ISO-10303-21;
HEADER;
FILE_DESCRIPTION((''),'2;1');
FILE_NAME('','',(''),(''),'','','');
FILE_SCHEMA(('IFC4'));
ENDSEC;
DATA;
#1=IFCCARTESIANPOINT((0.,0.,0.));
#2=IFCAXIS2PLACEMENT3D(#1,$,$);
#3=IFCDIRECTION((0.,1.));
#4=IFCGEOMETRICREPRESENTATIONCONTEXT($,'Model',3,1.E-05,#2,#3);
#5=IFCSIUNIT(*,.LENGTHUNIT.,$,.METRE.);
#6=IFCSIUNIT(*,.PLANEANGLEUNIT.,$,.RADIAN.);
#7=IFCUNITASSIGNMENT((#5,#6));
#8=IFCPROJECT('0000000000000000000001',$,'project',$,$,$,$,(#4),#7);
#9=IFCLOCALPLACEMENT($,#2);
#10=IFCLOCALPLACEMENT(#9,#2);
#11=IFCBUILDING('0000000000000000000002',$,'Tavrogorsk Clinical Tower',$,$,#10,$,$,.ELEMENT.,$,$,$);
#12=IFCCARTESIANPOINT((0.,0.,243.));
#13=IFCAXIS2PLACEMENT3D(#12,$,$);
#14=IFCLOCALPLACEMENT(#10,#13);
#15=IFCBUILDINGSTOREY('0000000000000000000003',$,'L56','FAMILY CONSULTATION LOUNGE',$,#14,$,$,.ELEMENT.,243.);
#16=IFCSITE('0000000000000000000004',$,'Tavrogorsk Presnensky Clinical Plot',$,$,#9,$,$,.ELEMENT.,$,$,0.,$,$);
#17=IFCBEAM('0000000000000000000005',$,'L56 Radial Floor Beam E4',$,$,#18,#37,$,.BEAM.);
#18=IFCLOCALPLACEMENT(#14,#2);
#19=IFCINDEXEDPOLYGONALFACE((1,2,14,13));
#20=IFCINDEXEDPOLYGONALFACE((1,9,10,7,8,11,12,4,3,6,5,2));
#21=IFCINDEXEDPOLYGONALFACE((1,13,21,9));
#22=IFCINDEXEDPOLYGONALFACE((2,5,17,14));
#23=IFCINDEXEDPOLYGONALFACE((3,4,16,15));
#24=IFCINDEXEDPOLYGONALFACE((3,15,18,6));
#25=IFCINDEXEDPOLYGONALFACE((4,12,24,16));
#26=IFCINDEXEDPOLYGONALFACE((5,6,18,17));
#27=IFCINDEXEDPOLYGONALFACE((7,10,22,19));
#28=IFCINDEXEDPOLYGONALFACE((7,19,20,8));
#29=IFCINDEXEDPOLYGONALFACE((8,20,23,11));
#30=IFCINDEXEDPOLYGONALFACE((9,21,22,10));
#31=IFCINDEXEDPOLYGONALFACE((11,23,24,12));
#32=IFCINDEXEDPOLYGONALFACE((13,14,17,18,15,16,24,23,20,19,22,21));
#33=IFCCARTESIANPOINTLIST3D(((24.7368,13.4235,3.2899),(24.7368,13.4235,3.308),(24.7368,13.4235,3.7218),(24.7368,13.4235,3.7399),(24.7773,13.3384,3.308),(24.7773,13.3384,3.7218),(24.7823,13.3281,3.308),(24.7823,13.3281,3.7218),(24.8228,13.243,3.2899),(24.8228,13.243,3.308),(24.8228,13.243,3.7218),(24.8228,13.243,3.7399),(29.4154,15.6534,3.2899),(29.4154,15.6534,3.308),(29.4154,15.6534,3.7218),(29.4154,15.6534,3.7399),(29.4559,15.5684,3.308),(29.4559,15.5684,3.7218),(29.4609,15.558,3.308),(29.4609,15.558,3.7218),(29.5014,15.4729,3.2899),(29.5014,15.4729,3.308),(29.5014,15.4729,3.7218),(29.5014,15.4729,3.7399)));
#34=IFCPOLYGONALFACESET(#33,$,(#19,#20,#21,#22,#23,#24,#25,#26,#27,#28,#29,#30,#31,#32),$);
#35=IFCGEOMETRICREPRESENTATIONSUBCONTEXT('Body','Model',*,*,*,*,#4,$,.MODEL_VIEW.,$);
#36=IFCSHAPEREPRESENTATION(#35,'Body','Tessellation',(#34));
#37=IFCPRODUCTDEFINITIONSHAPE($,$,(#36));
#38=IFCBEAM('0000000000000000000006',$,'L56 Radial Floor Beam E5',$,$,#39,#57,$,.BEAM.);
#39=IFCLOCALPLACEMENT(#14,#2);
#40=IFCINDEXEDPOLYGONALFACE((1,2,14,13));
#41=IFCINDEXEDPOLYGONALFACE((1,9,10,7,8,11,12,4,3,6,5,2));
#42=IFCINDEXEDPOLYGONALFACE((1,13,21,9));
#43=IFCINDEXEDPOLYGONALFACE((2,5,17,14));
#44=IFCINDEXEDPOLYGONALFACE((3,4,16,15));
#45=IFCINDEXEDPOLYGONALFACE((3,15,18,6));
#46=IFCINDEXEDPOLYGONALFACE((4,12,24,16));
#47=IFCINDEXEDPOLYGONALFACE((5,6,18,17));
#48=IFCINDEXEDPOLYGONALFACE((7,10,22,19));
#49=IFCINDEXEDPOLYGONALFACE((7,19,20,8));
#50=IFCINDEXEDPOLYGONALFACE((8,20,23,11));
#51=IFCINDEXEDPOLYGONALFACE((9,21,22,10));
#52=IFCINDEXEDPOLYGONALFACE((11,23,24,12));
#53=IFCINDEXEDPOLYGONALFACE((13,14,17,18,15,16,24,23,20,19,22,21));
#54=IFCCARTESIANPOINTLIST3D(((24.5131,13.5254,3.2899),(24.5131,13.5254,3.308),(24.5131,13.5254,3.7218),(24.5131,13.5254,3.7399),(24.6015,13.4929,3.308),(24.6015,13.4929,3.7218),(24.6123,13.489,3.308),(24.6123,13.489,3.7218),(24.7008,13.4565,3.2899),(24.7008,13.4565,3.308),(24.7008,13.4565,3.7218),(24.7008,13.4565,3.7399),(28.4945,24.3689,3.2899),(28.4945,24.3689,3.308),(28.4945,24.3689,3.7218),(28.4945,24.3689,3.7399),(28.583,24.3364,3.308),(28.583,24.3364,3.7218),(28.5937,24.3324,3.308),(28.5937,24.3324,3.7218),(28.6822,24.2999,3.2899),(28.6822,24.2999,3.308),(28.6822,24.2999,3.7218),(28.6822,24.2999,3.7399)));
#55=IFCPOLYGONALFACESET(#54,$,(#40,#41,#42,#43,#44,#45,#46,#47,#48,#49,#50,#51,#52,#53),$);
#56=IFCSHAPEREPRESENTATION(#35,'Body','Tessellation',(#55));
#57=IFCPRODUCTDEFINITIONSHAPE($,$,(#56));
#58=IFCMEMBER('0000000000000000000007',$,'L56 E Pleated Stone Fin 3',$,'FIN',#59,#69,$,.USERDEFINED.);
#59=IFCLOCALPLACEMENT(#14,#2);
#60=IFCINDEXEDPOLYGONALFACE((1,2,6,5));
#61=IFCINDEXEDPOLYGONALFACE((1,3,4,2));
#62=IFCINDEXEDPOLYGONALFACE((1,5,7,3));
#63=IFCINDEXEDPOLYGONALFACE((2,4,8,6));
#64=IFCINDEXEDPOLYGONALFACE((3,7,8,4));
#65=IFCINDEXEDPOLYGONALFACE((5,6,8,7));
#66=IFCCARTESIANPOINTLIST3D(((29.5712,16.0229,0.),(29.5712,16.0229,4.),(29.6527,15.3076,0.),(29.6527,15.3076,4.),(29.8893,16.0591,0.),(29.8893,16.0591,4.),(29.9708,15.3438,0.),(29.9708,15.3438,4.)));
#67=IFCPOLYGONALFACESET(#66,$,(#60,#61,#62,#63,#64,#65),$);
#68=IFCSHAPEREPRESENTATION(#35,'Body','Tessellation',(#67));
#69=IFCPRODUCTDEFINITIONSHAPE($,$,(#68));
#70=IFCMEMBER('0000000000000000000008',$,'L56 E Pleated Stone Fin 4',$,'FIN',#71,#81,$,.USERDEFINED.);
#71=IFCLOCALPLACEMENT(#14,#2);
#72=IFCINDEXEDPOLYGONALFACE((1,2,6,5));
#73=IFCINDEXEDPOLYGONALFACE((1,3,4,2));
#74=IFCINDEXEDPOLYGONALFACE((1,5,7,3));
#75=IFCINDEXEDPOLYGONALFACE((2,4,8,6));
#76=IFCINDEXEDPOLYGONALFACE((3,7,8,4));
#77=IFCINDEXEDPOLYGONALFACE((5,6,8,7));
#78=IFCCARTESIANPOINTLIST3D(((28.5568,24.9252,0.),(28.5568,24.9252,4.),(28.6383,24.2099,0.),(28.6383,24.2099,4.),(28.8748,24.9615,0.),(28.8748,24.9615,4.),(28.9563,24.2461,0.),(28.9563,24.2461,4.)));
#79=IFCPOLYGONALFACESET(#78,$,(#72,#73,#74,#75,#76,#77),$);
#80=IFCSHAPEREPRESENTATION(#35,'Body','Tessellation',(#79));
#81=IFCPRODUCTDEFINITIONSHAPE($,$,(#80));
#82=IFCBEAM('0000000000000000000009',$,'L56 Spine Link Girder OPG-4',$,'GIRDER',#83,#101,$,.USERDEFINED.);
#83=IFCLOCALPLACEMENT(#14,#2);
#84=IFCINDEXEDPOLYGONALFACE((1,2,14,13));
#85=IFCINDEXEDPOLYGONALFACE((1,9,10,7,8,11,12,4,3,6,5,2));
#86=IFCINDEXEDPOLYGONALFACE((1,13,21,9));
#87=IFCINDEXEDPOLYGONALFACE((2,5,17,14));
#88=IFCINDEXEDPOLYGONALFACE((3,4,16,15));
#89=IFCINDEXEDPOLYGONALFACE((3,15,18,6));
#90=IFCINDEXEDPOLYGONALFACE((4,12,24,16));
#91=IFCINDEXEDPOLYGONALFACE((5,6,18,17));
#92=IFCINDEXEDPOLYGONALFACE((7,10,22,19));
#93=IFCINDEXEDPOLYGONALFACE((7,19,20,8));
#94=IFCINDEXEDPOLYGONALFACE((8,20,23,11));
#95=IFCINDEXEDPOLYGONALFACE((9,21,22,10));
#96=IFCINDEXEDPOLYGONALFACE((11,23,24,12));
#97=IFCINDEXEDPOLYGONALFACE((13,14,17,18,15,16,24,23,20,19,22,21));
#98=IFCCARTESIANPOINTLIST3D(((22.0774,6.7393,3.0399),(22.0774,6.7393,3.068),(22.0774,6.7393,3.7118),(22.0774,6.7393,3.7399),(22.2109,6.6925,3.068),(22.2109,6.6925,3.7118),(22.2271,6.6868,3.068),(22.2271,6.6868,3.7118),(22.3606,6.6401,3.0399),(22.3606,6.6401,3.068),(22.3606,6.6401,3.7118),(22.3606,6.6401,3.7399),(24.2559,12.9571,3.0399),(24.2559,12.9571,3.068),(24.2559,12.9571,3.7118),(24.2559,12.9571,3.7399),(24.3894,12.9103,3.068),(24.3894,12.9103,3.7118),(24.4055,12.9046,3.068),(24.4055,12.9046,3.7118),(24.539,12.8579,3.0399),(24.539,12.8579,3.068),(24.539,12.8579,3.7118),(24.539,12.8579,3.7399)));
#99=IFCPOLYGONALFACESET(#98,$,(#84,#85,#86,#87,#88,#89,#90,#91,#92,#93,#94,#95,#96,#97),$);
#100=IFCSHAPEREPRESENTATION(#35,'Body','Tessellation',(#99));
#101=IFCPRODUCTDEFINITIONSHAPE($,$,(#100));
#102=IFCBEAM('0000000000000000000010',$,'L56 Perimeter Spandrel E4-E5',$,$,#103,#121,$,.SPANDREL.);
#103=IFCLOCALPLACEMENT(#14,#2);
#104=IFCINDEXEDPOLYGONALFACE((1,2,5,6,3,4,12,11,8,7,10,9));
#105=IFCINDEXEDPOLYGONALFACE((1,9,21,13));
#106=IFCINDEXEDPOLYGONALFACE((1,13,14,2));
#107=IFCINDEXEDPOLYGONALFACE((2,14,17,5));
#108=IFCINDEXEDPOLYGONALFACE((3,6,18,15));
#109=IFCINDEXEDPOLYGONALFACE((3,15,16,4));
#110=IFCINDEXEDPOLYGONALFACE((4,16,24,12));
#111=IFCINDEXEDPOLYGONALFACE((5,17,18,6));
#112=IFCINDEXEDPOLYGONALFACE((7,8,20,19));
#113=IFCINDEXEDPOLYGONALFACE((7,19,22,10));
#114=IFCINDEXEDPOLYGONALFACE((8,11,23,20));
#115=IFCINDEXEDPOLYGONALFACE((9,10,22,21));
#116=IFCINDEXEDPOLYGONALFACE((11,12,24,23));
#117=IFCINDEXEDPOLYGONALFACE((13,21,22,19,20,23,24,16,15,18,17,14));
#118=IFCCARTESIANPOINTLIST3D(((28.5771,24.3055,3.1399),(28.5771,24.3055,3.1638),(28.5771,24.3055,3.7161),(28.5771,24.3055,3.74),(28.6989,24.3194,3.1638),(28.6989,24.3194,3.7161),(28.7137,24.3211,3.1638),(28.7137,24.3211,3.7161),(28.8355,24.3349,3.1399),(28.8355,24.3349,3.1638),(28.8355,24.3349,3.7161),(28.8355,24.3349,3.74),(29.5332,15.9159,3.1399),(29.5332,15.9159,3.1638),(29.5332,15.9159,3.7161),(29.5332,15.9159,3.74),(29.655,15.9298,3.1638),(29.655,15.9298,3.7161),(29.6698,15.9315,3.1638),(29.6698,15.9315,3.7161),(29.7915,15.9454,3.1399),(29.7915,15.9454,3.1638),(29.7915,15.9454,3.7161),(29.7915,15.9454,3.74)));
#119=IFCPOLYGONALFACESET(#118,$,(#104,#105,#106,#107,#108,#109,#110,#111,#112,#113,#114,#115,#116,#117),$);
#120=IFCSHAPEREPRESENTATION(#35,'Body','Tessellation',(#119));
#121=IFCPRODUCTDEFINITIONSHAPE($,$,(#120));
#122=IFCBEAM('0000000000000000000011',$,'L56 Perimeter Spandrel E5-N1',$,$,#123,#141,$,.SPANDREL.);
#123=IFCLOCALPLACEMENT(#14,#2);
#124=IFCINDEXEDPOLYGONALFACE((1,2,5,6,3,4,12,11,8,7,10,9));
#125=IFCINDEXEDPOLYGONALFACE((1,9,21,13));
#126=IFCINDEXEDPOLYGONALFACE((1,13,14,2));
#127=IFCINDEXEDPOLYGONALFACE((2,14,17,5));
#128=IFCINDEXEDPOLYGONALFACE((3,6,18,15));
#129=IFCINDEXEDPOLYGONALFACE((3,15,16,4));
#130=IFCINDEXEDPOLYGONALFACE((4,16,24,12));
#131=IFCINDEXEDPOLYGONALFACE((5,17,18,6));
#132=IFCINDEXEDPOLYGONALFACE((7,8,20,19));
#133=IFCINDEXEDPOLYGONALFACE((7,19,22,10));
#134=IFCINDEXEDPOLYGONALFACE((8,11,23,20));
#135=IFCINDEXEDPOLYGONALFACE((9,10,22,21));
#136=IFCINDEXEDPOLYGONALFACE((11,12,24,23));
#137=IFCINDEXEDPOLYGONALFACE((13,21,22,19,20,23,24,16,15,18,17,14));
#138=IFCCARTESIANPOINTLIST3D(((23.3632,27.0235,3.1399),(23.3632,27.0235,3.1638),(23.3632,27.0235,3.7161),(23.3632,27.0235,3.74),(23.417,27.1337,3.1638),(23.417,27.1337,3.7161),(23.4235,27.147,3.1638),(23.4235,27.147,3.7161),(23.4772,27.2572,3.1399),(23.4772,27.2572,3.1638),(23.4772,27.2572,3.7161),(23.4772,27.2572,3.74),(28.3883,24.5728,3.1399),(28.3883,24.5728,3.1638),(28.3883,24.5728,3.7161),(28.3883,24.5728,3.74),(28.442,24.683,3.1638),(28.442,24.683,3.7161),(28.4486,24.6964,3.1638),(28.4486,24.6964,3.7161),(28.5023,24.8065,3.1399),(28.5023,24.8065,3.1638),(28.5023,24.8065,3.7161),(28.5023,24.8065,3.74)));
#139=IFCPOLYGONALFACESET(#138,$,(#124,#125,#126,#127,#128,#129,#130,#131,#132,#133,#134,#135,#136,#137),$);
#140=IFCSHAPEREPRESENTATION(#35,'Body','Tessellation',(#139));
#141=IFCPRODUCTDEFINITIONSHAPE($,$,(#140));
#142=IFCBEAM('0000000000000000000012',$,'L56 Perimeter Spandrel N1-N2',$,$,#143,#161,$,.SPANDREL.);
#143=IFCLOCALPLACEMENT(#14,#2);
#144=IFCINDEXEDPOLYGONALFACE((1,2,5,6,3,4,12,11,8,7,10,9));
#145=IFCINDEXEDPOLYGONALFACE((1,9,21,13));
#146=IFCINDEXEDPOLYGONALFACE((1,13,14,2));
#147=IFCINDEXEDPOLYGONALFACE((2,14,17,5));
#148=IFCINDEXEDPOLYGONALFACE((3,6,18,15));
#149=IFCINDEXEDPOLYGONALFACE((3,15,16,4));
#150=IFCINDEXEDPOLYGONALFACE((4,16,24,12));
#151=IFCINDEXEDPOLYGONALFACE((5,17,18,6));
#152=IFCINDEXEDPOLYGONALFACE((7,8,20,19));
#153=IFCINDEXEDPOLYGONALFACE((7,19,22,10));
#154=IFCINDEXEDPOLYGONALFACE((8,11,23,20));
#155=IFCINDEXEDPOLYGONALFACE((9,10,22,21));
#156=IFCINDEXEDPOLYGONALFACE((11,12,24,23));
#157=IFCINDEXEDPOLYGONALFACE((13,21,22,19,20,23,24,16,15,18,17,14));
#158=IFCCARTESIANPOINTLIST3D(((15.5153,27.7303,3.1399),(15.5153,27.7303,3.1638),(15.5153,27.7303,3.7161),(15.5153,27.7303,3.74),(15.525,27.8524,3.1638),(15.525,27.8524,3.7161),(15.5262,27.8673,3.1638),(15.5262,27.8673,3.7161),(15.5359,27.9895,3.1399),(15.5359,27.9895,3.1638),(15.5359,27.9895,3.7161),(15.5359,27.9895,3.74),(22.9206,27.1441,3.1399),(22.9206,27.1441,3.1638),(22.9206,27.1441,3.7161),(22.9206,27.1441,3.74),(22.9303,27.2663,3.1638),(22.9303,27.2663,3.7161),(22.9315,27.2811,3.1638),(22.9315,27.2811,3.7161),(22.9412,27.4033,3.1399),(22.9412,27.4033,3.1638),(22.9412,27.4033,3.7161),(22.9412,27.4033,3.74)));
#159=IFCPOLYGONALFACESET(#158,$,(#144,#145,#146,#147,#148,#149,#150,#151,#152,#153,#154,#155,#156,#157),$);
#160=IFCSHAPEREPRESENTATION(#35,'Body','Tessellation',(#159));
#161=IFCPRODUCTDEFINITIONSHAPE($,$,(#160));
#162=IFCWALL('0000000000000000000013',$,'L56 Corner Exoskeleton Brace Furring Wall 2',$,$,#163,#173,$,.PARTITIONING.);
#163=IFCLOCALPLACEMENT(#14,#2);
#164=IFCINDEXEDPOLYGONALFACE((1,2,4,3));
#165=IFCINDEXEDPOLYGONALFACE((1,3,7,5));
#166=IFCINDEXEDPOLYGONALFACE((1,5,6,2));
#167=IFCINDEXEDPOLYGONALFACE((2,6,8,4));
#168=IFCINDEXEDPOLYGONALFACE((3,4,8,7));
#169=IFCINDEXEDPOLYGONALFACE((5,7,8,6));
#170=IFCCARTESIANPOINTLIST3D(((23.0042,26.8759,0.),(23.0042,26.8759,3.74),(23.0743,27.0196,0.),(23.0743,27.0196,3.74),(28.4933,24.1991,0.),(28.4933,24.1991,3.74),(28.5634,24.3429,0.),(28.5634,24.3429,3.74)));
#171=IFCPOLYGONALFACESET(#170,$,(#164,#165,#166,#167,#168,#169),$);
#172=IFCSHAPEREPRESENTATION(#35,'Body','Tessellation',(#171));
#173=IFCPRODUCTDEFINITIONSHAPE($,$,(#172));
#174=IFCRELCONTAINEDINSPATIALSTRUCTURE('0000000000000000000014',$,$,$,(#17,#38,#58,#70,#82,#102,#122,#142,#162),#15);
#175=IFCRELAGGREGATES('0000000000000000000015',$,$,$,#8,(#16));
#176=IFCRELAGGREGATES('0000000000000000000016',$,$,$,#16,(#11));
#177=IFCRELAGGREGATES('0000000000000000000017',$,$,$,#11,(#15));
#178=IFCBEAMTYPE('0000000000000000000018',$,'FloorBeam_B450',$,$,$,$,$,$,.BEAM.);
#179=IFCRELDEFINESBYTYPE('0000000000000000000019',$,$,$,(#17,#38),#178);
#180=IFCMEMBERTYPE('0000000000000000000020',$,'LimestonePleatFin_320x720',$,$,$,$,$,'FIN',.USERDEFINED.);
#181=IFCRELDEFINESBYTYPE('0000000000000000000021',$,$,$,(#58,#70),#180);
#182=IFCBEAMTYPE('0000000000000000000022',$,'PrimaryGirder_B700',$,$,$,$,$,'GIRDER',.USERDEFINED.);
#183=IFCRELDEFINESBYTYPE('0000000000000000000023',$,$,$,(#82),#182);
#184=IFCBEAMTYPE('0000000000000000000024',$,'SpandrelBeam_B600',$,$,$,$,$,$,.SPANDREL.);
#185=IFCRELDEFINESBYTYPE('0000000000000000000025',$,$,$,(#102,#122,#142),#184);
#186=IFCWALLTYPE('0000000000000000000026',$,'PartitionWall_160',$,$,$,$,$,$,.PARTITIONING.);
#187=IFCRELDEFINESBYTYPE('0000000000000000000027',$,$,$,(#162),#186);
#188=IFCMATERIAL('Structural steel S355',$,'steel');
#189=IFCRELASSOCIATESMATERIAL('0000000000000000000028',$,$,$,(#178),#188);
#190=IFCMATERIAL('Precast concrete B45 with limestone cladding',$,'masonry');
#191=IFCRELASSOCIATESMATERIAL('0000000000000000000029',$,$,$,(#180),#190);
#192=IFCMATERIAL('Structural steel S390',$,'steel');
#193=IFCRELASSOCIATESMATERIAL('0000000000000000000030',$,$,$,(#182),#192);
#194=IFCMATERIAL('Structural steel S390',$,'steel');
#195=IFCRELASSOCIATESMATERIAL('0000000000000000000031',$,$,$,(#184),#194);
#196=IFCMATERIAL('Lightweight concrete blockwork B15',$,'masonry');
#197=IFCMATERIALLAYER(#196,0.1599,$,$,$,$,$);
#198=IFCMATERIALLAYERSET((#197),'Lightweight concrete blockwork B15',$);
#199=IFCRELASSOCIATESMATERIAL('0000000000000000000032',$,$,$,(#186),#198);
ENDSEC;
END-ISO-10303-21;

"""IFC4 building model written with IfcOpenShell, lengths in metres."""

from ifc_helpers import new_model, si_unit, direction, frame, frame_2d, origin, origin_2d, place, context, subcontext, project, spatial, rectangle, i_section, extrude, material, layer, layer_set, material_profile, profile_set, type_object, element, save


model = new_model("IFC4")

# Units and contexts
model_context = context("Model", 3, precision=1e-05, world=origin(), true_north=direction((0.0, 1.0)))
body_context = subcontext(model_context, "Body", "Model", "MODEL_VIEW")
ifc_project = project(units=[si_unit("LENGTHUNIT", "METRE"), si_unit("PLANEANGLEUNIT", "RADIAN")], contexts=[model_context])

# Site, building, storey
site_placement = place(None, origin())
site = spatial("IfcSite", under=ifc_project, at=site_placement, Name="Tavrogorsk Presnensky Clinical Plot", CompositionType="ELEMENT", RefElevation=0.0)
building_placement = place(site_placement, origin())
building = spatial("IfcBuilding", under=site, at=building_placement, Name="Tavrogorsk Clinical Tower", CompositionType="ELEMENT")
storey_placement = place(building_placement, frame((0.0, 0.0, 243.0)))
storey = spatial("IfcBuildingStorey", under=building, at=storey_placement, Name="L56", Description="FAMILY CONSULTATION LOUNGE", CompositionType="ELEMENT", Elevation=243.0)

# Beams
ifc_material_1 = material(Name="Structural steel S355", Category="steel")
ifc_material_profile_1 = material_profile(ifc_material_1, i_section(OverallWidth=0.2, OverallDepth=0.45, WebThickness=0.0115, FlangeThickness=0.0181, at=origin_2d()), Name="B-450x200x11.5x18")
ifc_profile_set_1 = profile_set([ifc_material_profile_1], Name="Structural steel S355")
beam_type_1 = type_object("IfcBeamType", Name="FloorBeam_B450", PredefinedType="BEAM", material=ifc_profile_set_1)
beam_1_placement = place(storey_placement, frame((24.7798, 13.3333, 3.5149), z_axis=(0.902709, 0.430252, 0.0), x_axis=(-0.430252, 0.902709, 0.0)))
element("IfcBeam", 1, at=beam_1_placement, inside=storey, type_object=beam_type_1, Name="L56 Radial Floor Beam E4", PredefinedType="BEAM", context=body_context, shape_type="SweptSolid", body=[
    extrude(i_section(OverallWidth=0.2, OverallDepth=0.45, WebThickness=0.0115, FlangeThickness=0.0181, at=origin_2d()), origin(), (0.0, 0.0, 1.0), 5.1829),
])
beam_2_placement = place(storey_placement, frame((24.6069, 13.491, 3.5149), z_axis=(0.344674, 0.938723, 0.0), x_axis=(-0.938723, 0.344674, 0.0)))
element("IfcBeam", 2, at=beam_2_placement, inside=storey, type_object=beam_type_1, Name="L56 Radial Floor Beam E5", PredefinedType="BEAM", context=body_context, shape_type="SweptSolid", body=[
    extrude(i_section(OverallWidth=0.2, OverallDepth=0.45, WebThickness=0.0115, FlangeThickness=0.0181, at=origin_2d()), origin(), (0.0, 0.0, 1.0), 11.5513),
])

# Members
ifc_material_2 = material(Name="Precast concrete B45 with limestone cladding", Category="masonry")
ifc_material_profile_2 = material_profile(ifc_material_2, rectangle(XDim=0.3201, YDim=0.72, at=origin_2d()), Name="LIMESTONE-FIN-320x720")
ifc_profile_set_2 = profile_set([ifc_material_profile_2], Name="Precast concrete B45 with limestone cladding")
member_type_1 = type_object("IfcMemberType", Name="LimestonePleatFin_320x720", ElementType="FIN", PredefinedType="USERDEFINED", material=ifc_profile_set_2)
for number, where, z_axis, x_axis, name in (
    (3, (29.771, 15.6833, 0.0), (0.0, 0.0, 1.0), (0.993572, 0.113203, 0.0), "L56 E Pleated Stone Fin 3"),
    (4, (28.7566, 24.5857, 0.0), (0.0, 0.0, 1.0), (0.993572, 0.113203, 0.0), "L56 E Pleated Stone Fin 4"),
):
    element("IfcMember", number, at=place(storey_placement, frame(where, z_axis=z_axis, x_axis=x_axis)), inside=storey, type_object=member_type_1, Name=name, ObjectType="FIN", PredefinedType="USERDEFINED", context=body_context, shape_type="SweptSolid", body=[
        extrude(rectangle(XDim=0.3201, YDim=0.72, at=origin_2d()), origin(), (0.0, 0.0, 1.0), 4.0),
    ])

# Beams
ifc_material_3 = material(Name="Structural steel S390", Category="steel")
ifc_material_profile_3 = material_profile(ifc_material_3, i_section(OverallWidth=0.3, OverallDepth=0.7, WebThickness=0.0171, FlangeThickness=0.0281, at=origin_2d()), Name="B-700x300x17x28")
ifc_profile_set_3 = profile_set([ifc_material_profile_3], Name="Structural steel S390")
beam_type_2 = type_object("IfcBeamType", Name="PrimaryGirder_B700", ElementType="GIRDER", PredefinedType="USERDEFINED", material=ifc_profile_set_3)
beam_3_placement = place(storey_placement, frame((24.3975, 12.9075, 3.3899), z_axis=(-0.330654, -0.943752, 0.0), x_axis=(0.943752, -0.330654, 0.0)))
element("IfcBeam", 5, at=beam_3_placement, inside=storey, type_object=beam_type_2, Name="L56 Spine Link Girder OPG-4", ObjectType="GIRDER", PredefinedType="USERDEFINED", context=body_context, shape_type="SweptSolid", body=[
    extrude(i_section(OverallWidth=0.3, OverallDepth=0.7, WebThickness=0.0171, FlangeThickness=0.0281, at=origin_2d()), origin(), (0.0, 0.0, 1.0), 6.5884),
])
ifc_material_4 = material(Name="Structural steel S390", Category="steel")
ifc_material_profile_4 = material_profile(ifc_material_4, i_section(OverallWidth=0.26, OverallDepth=0.6001, WebThickness=0.0149, FlangeThickness=0.0239, at=origin_2d()), Name="B-600x260x15x24")
ifc_profile_set_4 = profile_set([ifc_material_profile_4], Name="Structural steel S390")
beam_type_3 = type_object("IfcBeamType", Name="SpandrelBeam_B600", PredefinedType="SPANDREL", material=ifc_profile_set_4)
beam_4_placement = place(storey_placement, frame((29.6624, 15.9307, 3.4399), z_axis=(-0.113224, 0.99357, 0.0), x_axis=(-0.99357, -0.113224, 0.0)))
element("IfcBeam", 6, at=beam_4_placement, inside=storey, type_object=beam_type_3, Name="L56 Perimeter Spandrel E4-E5", PredefinedType="SPANDREL", context=body_context, shape_type="SweptSolid", body=[
    extrude(i_section(OverallWidth=0.26, OverallDepth=0.6001, WebThickness=0.0149, FlangeThickness=0.0239, at=origin_2d()), origin(), (0.0, 0.0, 1.0), 8.4438),
])
beam_5_placement = place(storey_placement, frame((28.4453, 24.6897, 3.4399), z_axis=(-0.898811, 0.438336, 0.0), x_axis=(-0.438336, -0.898811, 0.0)))
element("IfcBeam", 7, at=beam_5_placement, inside=storey, type_object=beam_type_3, Name="L56 Perimeter Spandrel E5-N1", PredefinedType="SPANDREL", context=body_context, shape_type="SweptSolid", body=[
    extrude(i_section(OverallWidth=0.26, OverallDepth=0.6001, WebThickness=0.0149, FlangeThickness=0.0239, at=origin_2d()), origin(), (0.0, 0.0, 1.0), 5.5908),
])
beam_6_placement = place(storey_placement, frame((22.9309, 27.2737, 3.4399), z_axis=(-0.996882, 0.07891, 0.0), x_axis=(-0.07891, -0.996882, 0.0)))
element("IfcBeam", 8, at=beam_6_placement, inside=storey, type_object=beam_type_3, Name="L56 Perimeter Spandrel N1-N2", PredefinedType="SPANDREL", context=body_context, shape_type="SweptSolid", body=[
    extrude(i_section(OverallWidth=0.26, OverallDepth=0.6001, WebThickness=0.0149, FlangeThickness=0.0239, at=origin_2d()), origin(), (0.0, 0.0, 1.0), 7.4285),
])

# Wall
ifc_material_5 = material(Name="Lightweight concrete blockwork B15", Category="masonry")
ifc_layer_1 = layer(ifc_material_5, 0.1599)
ifc_layer_set_1 = layer_set([ifc_layer_1], Name="Lightweight concrete blockwork B15")
wall_type_1 = type_object("IfcWallType", Name="PartitionWall_160", PredefinedType="PARTITIONING", material=ifc_layer_set_1)
wall_1_placement = place(storey_placement, frame((28.5283, 24.271, 0.0), z_axis=(0.0, 0.0, 1.0), x_axis=(-0.898821, 0.438317, 0.0)))
element("IfcWall", 9, at=wall_1_placement, inside=storey, type_object=wall_type_1, Name="L56 Corner Exoskeleton Brace Furring Wall 2", PredefinedType="PARTITIONING", context=body_context, shape_type="SweptSolid", body=[
    extrude(rectangle(XDim=6.1069, YDim=0.1599, at=frame_2d((3.0535, 0.0))), origin(), (0.0, 0.0, 1.0), 3.74),
])

save(model, "model.ifc")
